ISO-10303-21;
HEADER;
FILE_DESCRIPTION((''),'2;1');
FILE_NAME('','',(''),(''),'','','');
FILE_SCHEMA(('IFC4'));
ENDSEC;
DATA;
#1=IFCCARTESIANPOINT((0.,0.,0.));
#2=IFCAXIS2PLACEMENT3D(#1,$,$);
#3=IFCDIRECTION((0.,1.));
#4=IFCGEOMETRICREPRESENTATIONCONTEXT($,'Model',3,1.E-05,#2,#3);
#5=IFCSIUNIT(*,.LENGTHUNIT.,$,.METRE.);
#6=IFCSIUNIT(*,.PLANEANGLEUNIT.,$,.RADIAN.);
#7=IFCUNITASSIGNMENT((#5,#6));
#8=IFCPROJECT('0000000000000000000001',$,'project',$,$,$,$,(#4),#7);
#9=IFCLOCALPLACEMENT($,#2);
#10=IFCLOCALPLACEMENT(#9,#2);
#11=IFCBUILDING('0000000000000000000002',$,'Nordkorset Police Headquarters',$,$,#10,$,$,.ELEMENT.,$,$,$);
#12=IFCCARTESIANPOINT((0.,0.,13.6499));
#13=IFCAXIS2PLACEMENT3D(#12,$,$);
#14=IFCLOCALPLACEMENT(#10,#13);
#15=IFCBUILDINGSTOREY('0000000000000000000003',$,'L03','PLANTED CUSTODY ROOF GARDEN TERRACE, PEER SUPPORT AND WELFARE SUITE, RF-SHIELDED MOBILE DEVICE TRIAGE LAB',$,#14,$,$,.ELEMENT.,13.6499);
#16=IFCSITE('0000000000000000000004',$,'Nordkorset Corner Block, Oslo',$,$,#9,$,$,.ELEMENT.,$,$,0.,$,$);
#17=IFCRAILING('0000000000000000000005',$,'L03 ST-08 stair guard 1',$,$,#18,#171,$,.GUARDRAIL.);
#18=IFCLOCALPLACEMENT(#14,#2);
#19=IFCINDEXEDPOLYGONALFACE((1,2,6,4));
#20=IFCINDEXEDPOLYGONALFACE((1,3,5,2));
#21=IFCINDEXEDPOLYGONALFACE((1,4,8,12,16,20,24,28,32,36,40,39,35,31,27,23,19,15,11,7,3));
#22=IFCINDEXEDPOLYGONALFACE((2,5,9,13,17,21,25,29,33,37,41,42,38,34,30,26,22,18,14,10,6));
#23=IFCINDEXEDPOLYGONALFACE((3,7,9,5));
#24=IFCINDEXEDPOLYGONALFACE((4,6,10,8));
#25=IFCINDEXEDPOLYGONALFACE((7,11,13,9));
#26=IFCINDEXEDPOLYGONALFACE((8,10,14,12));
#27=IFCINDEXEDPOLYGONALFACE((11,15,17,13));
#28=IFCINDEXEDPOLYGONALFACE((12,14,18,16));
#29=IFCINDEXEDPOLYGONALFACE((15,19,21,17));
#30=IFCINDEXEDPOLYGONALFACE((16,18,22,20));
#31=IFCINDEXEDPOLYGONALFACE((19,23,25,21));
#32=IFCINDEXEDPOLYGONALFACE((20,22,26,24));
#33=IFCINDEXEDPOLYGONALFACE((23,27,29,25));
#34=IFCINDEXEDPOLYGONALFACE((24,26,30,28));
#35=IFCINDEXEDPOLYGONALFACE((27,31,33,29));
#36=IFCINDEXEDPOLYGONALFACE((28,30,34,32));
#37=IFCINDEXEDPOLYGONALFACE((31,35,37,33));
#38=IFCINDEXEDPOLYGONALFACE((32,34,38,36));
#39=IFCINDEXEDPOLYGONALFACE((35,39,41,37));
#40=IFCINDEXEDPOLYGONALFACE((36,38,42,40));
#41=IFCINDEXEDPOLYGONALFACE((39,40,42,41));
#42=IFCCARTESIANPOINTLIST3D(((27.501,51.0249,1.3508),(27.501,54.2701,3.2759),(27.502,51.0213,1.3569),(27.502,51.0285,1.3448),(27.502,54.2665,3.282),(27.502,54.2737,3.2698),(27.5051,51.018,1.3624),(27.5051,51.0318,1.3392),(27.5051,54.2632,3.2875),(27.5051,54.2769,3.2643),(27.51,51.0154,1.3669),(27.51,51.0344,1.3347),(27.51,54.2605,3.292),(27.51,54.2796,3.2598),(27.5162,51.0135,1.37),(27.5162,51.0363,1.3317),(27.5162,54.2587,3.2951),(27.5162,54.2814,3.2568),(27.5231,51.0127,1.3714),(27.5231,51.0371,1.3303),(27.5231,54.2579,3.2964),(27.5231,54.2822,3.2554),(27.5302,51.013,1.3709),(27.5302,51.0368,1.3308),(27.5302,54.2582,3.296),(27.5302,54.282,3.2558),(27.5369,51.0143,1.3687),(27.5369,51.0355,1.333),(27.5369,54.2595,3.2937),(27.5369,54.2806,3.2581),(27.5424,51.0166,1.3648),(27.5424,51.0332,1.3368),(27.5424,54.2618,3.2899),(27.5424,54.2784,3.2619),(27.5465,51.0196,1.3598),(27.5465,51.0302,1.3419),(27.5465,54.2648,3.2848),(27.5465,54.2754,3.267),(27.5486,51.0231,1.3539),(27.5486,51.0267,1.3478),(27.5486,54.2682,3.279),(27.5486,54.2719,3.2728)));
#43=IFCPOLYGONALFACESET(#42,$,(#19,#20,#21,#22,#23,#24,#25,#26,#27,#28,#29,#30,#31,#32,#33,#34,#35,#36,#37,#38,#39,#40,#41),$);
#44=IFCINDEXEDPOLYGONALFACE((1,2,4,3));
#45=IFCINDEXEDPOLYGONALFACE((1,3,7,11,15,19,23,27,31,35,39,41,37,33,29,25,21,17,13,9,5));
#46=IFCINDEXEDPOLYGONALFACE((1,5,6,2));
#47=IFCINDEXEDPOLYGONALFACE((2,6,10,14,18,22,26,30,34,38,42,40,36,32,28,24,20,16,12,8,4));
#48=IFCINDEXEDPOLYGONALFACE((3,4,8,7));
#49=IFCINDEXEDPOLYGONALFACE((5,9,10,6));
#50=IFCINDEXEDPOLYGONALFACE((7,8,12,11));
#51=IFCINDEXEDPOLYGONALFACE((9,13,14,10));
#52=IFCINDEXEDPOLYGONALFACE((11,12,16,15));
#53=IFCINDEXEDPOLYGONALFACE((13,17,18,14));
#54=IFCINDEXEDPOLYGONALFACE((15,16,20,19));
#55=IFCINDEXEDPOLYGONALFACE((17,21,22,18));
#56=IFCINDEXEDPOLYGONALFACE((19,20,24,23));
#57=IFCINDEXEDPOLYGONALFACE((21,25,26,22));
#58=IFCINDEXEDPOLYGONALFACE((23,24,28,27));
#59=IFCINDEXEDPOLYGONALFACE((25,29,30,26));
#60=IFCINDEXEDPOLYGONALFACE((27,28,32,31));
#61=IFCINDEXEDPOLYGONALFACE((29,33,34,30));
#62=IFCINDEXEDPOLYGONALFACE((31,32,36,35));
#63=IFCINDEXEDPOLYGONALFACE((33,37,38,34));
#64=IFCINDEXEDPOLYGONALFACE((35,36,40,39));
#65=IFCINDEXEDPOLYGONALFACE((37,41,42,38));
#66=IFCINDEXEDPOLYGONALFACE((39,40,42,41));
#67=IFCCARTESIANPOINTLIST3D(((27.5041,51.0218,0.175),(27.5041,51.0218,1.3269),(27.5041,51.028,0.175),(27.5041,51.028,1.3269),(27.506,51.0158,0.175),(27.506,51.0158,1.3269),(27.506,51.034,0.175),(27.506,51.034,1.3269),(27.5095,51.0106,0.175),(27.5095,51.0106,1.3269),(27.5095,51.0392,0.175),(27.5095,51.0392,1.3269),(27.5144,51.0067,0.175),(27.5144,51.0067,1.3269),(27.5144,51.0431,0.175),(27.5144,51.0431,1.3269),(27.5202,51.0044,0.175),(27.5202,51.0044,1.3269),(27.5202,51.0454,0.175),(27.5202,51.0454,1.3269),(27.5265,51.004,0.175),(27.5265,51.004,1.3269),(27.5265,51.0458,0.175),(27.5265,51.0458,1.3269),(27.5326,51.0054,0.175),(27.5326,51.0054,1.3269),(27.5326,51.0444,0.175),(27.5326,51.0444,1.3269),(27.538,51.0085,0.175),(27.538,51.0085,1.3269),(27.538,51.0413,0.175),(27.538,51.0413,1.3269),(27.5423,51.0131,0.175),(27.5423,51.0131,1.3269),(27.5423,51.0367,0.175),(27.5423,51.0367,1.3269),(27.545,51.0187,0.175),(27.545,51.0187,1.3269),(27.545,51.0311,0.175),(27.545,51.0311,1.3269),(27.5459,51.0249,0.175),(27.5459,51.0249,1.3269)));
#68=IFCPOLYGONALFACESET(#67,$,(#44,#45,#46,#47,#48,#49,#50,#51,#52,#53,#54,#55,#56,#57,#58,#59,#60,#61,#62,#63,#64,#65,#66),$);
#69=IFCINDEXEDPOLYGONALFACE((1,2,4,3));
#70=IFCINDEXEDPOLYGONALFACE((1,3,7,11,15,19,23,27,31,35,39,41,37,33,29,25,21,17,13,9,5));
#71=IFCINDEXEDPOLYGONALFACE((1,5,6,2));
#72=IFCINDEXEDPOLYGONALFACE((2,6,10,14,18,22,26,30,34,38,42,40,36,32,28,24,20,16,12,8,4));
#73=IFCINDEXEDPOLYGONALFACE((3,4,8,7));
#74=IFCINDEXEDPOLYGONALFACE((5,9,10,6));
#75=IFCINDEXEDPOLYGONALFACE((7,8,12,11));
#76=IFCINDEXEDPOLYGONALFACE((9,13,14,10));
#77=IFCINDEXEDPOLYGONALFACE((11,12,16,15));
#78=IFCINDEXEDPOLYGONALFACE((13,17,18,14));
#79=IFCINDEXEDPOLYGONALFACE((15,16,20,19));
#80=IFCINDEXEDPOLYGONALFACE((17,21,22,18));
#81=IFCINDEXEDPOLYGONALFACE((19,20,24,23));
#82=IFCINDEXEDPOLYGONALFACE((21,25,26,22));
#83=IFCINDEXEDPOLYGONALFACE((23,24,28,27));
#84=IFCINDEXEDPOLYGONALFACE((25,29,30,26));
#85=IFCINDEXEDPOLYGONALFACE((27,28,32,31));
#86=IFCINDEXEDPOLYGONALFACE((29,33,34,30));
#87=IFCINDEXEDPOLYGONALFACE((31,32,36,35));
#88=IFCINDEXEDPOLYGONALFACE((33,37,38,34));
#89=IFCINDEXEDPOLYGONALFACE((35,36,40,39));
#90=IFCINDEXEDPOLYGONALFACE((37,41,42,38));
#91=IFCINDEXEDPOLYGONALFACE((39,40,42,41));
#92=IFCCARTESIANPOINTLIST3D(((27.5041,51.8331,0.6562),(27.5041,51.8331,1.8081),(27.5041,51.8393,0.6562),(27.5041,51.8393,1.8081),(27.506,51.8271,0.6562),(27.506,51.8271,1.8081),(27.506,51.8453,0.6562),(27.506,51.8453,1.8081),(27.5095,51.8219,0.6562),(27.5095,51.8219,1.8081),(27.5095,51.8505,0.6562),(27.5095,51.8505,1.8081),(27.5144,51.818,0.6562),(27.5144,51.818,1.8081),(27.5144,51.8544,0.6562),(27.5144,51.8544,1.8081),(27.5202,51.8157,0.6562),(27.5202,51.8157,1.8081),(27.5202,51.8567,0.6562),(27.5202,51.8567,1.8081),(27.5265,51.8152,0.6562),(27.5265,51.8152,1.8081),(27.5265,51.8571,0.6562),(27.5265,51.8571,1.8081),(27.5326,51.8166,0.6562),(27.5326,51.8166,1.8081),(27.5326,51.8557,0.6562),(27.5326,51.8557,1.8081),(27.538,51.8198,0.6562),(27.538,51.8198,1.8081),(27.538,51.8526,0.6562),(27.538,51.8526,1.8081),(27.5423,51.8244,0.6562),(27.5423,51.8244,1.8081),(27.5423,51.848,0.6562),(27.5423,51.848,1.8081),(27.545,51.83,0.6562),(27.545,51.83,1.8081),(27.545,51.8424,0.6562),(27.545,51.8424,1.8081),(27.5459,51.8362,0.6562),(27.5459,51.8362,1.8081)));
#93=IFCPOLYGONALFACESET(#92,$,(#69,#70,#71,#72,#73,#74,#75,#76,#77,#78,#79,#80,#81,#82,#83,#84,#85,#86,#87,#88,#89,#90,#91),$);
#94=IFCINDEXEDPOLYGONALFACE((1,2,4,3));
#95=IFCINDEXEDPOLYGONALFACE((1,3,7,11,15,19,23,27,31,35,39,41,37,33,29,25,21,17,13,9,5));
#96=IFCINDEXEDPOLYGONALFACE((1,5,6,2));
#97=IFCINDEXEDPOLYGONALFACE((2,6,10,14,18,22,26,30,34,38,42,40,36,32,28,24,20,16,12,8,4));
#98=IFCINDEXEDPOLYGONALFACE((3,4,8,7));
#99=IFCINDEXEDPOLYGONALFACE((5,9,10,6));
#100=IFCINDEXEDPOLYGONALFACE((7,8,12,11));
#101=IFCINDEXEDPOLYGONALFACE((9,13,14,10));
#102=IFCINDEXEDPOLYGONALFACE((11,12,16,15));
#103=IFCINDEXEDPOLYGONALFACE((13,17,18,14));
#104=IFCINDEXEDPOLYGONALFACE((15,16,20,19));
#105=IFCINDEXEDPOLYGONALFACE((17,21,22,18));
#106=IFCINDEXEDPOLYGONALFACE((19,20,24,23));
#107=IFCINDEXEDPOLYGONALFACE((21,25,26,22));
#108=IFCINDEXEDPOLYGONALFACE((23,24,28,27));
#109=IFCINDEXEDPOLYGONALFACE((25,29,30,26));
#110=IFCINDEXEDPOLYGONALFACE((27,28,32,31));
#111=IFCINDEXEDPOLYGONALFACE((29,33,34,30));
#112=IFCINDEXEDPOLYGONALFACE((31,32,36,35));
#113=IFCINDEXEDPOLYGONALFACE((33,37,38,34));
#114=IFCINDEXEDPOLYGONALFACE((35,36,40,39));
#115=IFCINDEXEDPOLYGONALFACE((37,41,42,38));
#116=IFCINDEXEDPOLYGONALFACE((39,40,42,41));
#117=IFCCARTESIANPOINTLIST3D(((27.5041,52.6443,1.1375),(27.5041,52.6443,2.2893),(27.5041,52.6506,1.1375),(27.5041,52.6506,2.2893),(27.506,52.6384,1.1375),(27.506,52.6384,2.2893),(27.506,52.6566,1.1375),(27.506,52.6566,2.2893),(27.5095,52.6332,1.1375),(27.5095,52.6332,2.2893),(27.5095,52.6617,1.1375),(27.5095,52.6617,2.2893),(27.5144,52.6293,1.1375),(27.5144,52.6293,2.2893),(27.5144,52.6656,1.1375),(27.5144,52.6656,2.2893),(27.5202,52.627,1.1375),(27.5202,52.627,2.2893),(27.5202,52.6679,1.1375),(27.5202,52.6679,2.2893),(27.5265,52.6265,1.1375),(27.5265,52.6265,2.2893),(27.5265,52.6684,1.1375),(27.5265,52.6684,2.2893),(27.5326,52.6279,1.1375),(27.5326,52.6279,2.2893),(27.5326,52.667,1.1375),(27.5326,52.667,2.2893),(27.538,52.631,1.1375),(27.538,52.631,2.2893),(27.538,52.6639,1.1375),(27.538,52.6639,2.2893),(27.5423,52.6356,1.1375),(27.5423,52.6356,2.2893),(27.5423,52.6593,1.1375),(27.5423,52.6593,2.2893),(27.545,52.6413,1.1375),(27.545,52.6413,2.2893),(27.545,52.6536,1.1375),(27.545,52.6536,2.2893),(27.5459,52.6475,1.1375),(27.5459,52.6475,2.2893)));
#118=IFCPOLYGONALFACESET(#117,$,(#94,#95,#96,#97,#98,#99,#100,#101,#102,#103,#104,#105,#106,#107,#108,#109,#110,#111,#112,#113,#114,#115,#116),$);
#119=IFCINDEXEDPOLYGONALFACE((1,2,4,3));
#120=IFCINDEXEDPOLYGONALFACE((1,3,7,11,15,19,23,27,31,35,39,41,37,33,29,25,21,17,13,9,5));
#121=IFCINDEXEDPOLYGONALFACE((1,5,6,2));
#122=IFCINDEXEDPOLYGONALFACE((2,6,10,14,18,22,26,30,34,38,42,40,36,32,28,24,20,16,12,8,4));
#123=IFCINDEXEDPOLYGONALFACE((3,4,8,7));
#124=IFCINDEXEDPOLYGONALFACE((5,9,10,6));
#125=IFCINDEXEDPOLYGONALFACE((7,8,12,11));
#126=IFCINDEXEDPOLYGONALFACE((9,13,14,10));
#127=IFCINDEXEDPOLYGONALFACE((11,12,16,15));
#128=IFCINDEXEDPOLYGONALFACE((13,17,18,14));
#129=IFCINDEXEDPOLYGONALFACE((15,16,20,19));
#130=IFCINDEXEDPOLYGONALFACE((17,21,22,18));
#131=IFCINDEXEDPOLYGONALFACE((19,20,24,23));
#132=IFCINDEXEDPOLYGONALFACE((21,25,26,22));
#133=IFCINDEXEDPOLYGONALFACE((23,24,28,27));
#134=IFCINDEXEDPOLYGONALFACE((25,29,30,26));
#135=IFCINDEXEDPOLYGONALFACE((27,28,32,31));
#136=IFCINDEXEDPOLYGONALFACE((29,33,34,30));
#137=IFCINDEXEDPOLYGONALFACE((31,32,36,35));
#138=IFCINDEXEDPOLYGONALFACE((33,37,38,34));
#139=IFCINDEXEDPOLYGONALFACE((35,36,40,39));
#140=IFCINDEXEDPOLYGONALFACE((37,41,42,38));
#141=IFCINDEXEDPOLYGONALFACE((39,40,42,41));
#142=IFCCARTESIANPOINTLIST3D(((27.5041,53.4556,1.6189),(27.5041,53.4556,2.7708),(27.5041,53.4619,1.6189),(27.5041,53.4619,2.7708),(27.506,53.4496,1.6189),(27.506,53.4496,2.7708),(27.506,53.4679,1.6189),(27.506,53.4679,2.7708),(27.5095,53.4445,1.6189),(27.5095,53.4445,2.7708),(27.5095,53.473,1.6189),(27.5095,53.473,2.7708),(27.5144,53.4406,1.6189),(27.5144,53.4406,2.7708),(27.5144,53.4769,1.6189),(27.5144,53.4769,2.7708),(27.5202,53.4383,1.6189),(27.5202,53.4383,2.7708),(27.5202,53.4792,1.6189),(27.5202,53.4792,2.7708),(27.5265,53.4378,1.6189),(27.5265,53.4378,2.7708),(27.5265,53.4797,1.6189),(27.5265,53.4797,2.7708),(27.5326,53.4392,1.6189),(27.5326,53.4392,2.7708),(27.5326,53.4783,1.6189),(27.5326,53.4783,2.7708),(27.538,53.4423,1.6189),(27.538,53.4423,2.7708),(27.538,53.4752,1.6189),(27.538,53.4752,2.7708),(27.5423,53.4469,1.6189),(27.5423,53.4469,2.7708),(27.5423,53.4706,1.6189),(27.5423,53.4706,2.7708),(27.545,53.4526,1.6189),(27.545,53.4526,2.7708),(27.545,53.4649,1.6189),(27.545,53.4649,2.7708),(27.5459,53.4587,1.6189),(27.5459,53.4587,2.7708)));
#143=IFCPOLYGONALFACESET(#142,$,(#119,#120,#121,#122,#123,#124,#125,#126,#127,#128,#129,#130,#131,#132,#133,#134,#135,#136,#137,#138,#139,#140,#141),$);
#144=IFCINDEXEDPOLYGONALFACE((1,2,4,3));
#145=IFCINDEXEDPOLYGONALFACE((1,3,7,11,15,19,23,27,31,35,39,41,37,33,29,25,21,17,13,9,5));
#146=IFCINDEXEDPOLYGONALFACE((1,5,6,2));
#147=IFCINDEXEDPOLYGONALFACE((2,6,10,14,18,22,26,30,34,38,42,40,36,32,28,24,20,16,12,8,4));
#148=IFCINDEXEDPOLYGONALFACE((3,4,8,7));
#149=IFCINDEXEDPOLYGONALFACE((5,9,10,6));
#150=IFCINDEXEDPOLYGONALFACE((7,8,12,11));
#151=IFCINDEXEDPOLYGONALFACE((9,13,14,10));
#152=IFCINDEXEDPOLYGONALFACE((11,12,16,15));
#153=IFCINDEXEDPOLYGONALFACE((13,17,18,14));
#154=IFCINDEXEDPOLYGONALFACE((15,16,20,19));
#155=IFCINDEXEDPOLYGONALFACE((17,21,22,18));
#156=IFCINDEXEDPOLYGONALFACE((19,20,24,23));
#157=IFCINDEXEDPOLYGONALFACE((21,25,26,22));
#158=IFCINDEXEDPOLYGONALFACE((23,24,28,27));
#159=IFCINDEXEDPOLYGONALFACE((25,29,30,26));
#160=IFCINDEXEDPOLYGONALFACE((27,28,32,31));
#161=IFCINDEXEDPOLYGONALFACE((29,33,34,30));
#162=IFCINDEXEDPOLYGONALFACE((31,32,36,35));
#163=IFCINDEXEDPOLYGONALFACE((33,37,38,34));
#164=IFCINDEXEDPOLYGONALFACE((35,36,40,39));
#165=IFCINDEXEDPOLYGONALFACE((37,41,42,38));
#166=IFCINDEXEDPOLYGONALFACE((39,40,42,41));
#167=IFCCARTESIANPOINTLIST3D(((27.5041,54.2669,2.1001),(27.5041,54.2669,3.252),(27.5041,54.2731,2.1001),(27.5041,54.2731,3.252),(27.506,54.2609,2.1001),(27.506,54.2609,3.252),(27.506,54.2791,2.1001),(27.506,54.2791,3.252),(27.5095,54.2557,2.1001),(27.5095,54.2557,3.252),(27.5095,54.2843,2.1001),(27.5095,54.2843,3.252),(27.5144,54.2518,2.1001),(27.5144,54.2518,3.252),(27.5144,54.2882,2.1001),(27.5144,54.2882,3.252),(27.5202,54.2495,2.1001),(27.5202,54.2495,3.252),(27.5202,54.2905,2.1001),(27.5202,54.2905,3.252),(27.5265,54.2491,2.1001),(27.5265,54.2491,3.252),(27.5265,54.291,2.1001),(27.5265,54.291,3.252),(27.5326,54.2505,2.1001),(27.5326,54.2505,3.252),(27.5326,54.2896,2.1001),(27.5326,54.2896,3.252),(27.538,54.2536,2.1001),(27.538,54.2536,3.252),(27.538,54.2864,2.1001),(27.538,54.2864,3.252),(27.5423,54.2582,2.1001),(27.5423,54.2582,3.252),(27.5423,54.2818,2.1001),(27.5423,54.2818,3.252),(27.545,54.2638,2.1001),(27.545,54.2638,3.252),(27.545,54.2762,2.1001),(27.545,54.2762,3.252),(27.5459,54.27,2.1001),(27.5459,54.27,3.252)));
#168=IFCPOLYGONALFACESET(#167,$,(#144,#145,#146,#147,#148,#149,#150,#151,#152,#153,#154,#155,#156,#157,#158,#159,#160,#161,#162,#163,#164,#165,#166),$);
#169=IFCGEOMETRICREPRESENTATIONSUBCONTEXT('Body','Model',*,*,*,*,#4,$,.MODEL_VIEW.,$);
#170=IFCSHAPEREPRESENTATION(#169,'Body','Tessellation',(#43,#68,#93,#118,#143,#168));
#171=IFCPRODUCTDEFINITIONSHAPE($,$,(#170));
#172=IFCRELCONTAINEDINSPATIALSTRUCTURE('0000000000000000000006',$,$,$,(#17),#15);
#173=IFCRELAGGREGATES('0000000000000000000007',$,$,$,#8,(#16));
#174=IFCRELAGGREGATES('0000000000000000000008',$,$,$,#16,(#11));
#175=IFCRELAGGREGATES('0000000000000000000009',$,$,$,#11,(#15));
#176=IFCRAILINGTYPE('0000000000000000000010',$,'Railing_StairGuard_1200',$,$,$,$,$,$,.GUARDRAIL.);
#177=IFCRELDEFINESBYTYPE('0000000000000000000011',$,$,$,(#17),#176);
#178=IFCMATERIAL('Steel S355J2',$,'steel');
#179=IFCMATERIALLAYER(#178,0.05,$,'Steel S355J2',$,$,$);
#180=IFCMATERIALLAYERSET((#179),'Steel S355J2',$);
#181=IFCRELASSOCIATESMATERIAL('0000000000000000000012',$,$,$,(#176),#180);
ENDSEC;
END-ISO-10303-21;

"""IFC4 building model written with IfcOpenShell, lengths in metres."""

from ifc_helpers import new_model, si_unit, direction, frame, origin, origin_2d, place, context, subcontext, project, spatial, circle, extrude, material, layer, layer_set, type_object, element, save


model = new_model("IFC4")

# Units and contexts
model_context = context("Model", 3, precision=1e-05, world=origin(), true_north=direction((0.0, 1.0)))
body_context = subcontext(model_context, "Body", "Model", "MODEL_VIEW")
ifc_project = project(units=[si_unit("LENGTHUNIT", "METRE"), si_unit("PLANEANGLEUNIT", "RADIAN")], contexts=[model_context])

# Site, building, storey
site_placement = place(None, origin())
site = spatial("IfcSite", under=ifc_project, at=site_placement, Name="Nordkorset Corner Block, Oslo", CompositionType="ELEMENT", RefElevation=0.0)
building_placement = place(site_placement, origin())
building = spatial("IfcBuilding", under=site, at=building_placement, Name="Nordkorset Police Headquarters", CompositionType="ELEMENT")
storey_placement = place(building_placement, frame((0.0, 0.0, 13.6499)))
storey = spatial("IfcBuildingStorey", under=building, at=storey_placement, Name="L03", Description="PLANTED CUSTODY ROOF GARDEN TERRACE, PEER SUPPORT AND WELFARE SUITE, RF-SHIELDED MOBILE DEVICE TRIAGE LAB", CompositionType="ELEMENT", Elevation=13.6499)

# Railing
ifc_material_1 = material(Name="Steel S355J2", Category="steel")
ifc_layer_1 = layer(ifc_material_1, 0.05, Name="Steel S355J2")
ifc_layer_set_1 = layer_set([ifc_layer_1], Name="Steel S355J2")
railing_type_1 = type_object("IfcRailingType", Name="Railing_StairGuard_1200", PredefinedType="GUARDRAIL", material=ifc_layer_set_1)
railing_1_placement = place(storey_placement, frame((27.5249, 51.0249, 0.175)))
element("IfcRailing", 1, at=railing_1_placement, inside=storey, type_object=railing_type_1, Name="L03 ST-08 stair guard 1", PredefinedType="GUARDRAIL", context=body_context, shape_type="SweptSolid", body=[
    extrude(circle(Radius=0.0239, at=origin_2d()), frame((0.0, 0.0, 1.1758), z_axis=(0.0, 0.860057, 0.510198), x_axis=(-1.0, 0.0, 0.0)), (0.0, 0.0, 1.0), 3.7732),
    extrude(circle(Radius=0.021, at=origin_2d()), origin(), (0.0, 0.0, 1.0), 1.1519),
    extrude(circle(Radius=0.021, at=origin_2d()), frame((0.0, 0.8113, 0.4812)), (0.0, 0.0, 1.0), 1.1519),
    extrude(circle(Radius=0.021, at=origin_2d()), frame((0.0, 1.6226, 0.9624)), (0.0, 0.0, 1.0), 1.1519),
    extrude(circle(Radius=0.021, at=origin_2d()), frame((0.0, 2.4338, 1.4438)), (0.0, 0.0, 1.0), 1.1519),
    extrude(circle(Radius=0.021, at=origin_2d()), frame((0.0, 3.2451, 1.925)), (0.0, 0.0, 1.0), 1.1519),
])

save(model, "model.ifc")
